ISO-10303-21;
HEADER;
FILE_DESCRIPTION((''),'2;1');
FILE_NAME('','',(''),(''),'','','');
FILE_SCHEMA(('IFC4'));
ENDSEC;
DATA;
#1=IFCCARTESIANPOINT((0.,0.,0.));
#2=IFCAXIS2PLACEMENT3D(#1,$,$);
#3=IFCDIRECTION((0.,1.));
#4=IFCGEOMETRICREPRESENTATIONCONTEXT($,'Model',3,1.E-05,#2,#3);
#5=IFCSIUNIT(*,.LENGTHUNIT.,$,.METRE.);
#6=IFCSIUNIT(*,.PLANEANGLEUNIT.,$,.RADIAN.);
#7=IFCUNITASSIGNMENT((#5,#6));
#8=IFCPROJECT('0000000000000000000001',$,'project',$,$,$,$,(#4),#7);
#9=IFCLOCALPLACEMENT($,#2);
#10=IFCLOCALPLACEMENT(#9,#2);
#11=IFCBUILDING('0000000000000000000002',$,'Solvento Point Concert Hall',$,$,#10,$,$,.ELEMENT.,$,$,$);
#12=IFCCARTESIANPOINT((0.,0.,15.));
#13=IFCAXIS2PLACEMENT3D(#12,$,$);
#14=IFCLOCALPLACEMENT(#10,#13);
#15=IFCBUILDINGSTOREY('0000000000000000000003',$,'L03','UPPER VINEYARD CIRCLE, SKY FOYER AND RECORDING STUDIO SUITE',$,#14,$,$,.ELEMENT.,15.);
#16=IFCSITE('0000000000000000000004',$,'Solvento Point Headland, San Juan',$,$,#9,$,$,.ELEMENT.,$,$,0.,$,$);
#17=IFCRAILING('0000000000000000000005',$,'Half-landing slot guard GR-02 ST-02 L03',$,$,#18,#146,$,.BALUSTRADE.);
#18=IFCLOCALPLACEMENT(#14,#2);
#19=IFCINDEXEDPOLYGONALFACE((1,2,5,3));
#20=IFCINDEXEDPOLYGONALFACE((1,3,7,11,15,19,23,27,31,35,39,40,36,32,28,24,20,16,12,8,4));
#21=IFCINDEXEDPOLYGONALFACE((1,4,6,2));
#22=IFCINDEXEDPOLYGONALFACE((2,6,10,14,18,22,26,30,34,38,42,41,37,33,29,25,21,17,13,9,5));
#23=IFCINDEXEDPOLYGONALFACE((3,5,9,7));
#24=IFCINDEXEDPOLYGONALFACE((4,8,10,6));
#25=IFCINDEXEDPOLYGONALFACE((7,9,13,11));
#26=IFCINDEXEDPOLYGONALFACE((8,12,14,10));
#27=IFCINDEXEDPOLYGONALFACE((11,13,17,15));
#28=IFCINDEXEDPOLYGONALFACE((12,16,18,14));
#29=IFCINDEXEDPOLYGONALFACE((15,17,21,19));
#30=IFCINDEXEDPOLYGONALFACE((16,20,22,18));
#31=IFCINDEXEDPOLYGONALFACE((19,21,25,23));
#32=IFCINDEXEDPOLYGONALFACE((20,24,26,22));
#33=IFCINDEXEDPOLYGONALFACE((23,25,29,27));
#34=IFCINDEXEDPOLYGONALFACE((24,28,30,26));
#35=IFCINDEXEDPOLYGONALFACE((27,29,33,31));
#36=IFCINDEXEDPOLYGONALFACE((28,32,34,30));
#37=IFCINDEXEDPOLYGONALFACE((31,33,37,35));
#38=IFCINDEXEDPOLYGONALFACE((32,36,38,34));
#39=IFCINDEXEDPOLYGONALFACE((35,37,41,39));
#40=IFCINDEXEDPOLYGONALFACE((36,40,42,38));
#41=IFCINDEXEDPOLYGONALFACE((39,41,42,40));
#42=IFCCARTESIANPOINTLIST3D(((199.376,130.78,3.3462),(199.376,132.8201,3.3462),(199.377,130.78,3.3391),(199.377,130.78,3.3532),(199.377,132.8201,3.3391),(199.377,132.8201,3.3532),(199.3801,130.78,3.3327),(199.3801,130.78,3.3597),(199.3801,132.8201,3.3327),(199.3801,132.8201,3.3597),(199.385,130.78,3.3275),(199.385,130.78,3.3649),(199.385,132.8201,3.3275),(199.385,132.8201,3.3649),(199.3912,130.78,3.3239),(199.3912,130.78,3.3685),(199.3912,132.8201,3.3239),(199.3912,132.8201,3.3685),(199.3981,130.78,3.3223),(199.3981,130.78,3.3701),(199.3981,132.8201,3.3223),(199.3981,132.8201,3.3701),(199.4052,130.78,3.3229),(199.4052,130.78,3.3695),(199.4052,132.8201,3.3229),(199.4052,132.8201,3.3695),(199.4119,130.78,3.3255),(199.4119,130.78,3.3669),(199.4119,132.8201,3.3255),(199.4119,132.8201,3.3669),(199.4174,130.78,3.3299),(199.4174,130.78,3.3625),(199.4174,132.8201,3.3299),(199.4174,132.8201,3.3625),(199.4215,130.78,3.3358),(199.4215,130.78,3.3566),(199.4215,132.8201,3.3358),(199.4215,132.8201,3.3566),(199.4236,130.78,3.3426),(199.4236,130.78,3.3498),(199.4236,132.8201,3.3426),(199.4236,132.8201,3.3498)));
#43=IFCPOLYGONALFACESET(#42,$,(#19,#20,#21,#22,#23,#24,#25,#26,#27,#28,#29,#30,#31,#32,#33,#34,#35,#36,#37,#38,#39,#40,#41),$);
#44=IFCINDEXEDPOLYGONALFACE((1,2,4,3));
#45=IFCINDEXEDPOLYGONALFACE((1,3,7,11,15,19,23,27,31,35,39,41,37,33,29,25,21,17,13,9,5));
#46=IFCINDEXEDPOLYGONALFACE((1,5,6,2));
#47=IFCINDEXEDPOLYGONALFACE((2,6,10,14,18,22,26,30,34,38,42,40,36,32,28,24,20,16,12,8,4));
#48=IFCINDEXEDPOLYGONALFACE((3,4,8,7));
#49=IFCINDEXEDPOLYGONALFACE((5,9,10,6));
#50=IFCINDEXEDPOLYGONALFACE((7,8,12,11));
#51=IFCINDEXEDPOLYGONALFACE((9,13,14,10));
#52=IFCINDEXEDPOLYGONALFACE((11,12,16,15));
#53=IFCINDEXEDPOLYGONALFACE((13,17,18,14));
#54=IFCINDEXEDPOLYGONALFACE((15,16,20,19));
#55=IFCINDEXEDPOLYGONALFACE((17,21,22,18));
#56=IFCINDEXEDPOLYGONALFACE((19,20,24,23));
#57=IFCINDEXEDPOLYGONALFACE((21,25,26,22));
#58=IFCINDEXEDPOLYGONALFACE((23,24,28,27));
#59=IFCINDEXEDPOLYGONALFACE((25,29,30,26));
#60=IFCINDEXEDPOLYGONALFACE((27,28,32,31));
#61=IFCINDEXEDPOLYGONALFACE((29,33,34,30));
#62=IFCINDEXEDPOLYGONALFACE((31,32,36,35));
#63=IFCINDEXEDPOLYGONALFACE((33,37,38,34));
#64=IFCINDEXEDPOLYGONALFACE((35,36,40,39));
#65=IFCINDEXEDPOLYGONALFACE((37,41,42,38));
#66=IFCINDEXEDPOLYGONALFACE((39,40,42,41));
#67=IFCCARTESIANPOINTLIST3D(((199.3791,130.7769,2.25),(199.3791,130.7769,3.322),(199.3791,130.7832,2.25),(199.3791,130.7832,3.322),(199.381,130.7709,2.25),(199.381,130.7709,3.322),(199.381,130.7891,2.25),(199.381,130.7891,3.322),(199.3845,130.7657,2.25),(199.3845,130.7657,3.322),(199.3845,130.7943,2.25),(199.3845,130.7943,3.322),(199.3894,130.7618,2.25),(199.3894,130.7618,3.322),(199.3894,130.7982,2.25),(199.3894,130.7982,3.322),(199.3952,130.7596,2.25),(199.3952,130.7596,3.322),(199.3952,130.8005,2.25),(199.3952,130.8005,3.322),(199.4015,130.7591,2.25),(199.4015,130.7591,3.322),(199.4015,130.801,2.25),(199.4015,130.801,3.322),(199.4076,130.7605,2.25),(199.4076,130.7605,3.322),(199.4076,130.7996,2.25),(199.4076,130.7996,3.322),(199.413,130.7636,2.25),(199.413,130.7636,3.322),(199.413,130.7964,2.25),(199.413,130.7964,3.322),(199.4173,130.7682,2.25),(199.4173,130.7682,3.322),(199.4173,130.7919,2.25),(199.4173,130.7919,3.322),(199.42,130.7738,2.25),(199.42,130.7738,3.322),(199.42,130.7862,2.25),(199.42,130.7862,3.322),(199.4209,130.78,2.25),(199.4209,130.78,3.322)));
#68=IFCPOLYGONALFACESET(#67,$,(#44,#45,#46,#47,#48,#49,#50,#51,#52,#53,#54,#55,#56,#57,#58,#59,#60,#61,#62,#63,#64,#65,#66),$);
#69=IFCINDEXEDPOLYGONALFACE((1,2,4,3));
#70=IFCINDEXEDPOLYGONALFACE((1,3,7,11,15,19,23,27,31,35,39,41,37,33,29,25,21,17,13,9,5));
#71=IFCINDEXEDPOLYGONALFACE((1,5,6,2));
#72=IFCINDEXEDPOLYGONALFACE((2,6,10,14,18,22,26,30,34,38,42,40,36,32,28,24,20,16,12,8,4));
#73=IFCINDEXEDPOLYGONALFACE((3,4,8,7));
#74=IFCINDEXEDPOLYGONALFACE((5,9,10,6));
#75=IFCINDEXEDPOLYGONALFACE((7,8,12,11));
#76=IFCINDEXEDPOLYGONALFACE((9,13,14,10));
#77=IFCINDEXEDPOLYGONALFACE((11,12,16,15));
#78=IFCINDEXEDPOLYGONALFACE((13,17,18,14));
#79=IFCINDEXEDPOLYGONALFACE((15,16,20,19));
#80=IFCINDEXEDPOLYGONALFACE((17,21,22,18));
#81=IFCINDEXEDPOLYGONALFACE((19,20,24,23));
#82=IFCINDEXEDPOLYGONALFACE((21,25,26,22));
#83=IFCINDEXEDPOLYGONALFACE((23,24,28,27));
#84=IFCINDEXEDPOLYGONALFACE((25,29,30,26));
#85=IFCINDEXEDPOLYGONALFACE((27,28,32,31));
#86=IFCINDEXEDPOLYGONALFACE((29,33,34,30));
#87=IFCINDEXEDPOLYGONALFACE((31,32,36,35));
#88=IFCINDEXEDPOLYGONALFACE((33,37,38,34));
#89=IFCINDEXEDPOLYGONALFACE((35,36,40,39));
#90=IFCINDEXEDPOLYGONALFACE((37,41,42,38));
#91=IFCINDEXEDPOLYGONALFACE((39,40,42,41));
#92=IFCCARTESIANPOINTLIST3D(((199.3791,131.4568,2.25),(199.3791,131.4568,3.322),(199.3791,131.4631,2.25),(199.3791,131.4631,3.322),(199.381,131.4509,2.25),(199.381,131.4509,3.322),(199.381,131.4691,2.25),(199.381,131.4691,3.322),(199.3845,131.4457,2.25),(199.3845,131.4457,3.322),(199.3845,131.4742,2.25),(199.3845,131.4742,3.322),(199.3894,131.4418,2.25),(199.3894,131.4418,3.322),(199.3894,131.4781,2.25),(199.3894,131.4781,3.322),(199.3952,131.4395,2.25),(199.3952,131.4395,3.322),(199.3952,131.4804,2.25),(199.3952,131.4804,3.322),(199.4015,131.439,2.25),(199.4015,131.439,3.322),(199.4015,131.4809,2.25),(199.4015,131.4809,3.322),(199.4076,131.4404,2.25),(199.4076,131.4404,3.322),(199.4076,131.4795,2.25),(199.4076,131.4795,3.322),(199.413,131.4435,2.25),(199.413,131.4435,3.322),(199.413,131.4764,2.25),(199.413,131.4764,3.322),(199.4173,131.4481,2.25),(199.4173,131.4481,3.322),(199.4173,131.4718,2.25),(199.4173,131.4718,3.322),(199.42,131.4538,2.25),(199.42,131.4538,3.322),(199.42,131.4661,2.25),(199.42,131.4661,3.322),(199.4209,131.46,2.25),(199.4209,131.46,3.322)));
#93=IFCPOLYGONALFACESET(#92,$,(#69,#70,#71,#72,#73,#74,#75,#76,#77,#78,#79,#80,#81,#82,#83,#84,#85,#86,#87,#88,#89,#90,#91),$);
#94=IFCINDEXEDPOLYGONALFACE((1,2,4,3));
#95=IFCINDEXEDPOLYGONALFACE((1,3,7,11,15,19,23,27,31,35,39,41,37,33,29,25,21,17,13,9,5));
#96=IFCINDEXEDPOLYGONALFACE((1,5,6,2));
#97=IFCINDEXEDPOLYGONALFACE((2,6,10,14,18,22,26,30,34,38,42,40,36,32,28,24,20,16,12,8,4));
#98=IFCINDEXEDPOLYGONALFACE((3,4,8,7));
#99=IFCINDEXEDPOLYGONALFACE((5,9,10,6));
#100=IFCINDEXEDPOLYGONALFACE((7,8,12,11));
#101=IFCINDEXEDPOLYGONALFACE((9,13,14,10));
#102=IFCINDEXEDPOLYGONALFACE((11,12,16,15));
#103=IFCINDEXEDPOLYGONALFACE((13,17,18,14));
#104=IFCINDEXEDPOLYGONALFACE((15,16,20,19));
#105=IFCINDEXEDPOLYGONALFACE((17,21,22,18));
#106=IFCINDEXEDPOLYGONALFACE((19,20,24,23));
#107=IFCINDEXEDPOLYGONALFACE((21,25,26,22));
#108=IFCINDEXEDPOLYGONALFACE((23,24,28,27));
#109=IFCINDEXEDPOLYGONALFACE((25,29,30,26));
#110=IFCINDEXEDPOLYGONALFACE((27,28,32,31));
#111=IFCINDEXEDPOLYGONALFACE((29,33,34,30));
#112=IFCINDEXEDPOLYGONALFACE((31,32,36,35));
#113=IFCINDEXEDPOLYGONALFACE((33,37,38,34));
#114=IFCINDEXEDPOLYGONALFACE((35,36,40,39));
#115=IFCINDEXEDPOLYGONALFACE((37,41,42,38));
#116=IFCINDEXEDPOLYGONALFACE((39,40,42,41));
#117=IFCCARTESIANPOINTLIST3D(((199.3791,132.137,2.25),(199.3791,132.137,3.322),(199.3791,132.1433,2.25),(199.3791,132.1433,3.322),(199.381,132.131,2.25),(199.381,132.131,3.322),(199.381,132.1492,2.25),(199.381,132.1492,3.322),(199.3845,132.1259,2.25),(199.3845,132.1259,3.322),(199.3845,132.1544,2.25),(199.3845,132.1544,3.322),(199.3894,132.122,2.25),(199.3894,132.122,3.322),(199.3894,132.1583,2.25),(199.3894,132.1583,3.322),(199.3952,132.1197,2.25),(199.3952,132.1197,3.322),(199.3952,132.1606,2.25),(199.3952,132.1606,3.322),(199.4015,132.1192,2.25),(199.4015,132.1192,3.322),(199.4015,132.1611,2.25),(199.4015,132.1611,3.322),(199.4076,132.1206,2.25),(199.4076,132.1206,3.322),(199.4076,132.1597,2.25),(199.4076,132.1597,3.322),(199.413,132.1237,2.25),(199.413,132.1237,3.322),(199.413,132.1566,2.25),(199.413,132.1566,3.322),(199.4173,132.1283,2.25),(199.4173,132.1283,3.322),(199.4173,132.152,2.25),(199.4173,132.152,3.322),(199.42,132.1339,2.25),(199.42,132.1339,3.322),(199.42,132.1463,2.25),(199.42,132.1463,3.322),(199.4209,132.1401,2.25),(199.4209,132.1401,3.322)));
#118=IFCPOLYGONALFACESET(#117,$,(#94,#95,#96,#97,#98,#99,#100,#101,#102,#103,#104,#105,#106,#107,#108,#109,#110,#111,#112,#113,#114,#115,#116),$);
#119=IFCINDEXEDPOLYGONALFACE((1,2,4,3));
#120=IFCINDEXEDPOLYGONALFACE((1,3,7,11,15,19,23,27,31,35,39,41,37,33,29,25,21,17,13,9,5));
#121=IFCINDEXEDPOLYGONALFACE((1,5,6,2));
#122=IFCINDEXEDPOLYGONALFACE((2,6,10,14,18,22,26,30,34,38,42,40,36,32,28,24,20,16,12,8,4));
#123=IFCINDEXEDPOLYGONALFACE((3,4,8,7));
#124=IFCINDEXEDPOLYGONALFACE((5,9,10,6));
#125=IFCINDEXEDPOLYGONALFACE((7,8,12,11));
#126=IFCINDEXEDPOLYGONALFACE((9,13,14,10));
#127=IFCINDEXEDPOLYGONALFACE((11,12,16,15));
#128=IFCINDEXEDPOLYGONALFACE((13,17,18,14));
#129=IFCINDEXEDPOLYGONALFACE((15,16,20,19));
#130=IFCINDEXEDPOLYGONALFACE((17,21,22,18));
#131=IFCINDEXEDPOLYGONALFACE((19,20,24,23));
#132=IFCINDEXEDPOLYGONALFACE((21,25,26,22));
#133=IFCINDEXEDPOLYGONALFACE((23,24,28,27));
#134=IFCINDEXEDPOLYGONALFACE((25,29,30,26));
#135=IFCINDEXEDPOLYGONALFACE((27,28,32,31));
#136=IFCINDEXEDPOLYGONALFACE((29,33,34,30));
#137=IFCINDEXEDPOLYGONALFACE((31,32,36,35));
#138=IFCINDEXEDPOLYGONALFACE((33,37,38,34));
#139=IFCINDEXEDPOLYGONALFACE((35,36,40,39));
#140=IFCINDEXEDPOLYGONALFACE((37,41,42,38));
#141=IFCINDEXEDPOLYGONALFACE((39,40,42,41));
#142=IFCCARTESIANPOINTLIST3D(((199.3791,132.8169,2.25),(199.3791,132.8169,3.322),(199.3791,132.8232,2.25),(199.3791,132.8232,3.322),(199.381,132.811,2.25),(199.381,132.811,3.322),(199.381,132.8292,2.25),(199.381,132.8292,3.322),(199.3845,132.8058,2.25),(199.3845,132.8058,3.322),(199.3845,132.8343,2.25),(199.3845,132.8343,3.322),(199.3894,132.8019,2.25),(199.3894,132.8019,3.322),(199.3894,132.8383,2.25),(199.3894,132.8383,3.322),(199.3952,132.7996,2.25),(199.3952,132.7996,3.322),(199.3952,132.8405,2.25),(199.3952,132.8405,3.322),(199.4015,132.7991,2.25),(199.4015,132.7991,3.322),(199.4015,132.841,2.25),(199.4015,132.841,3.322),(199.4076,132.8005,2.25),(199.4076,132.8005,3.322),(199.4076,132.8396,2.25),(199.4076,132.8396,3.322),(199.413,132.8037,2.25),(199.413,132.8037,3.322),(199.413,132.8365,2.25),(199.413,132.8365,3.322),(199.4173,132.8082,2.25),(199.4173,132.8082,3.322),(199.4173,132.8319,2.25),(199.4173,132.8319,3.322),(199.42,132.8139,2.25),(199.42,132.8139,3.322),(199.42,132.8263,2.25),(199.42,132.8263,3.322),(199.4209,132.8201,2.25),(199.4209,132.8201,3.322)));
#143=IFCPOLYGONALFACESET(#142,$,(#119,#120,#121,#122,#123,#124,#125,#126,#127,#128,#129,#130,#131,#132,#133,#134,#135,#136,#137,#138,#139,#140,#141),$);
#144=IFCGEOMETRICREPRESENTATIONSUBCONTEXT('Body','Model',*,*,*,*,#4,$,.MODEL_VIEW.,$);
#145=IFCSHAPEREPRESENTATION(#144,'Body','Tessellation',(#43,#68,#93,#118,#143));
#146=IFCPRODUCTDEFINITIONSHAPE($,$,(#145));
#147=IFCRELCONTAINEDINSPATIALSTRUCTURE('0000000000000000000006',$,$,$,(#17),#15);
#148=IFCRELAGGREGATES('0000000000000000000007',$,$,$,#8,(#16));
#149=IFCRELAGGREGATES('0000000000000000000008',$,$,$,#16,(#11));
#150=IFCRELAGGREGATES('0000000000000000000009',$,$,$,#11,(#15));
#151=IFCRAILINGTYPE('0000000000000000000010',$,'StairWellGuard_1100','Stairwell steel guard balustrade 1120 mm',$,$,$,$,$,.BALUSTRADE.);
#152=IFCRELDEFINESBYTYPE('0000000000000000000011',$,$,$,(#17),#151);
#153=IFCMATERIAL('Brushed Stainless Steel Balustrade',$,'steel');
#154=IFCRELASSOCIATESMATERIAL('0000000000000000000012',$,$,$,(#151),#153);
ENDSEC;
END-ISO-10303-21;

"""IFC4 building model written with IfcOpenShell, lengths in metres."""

from ifc_helpers import new_model, si_unit, direction, frame, origin, origin_2d, place, context, subcontext, project, spatial, circle, extrude, material, type_object, element, save


model = new_model("IFC4")

# Units and contexts
model_context = context("Model", 3, precision=1e-05, world=origin(), true_north=direction((0.0, 1.0)))
body_context = subcontext(model_context, "Body", "Model", "MODEL_VIEW")
ifc_project = project(units=[si_unit("LENGTHUNIT", "METRE"), si_unit("PLANEANGLEUNIT", "RADIAN")], contexts=[model_context])

# Site, building, storey
site_placement = place(None, origin())
site = spatial("IfcSite", under=ifc_project, at=site_placement, Name="Solvento Point Headland, San Juan", CompositionType="ELEMENT", RefElevation=0.0)
building_placement = place(site_placement, origin())
building = spatial("IfcBuilding", under=site, at=building_placement, Name="Solvento Point Concert Hall", CompositionType="ELEMENT")
storey_placement = place(building_placement, frame((0.0, 0.0, 15.0)))
storey = spatial("IfcBuildingStorey", under=building, at=storey_placement, Name="L03", Description="UPPER VINEYARD CIRCLE, SKY FOYER AND RECORDING STUDIO SUITE", CompositionType="ELEMENT", Elevation=15.0)

# Railing
ifc_material_1 = material(Name="Brushed Stainless Steel Balustrade", Category="steel")
railing_type_1 = type_object("IfcRailingType", Name="StairWellGuard_1100", Description="Stairwell steel guard balustrade 1120 mm", PredefinedType="BALUSTRADE", material=ifc_material_1)
railing_1_placement = place(storey_placement, frame((199.3999, 130.78, 2.25)))
element("IfcRailing", 1, at=railing_1_placement, inside=storey, type_object=railing_type_1, Name="Half-landing slot guard GR-02 ST-02 L03", PredefinedType="BALUSTRADE", context=body_context, shape_type="SweptSolid", body=[
    extrude(circle(Radius=0.0239, at=origin_2d()), frame((0.0, 0.0, 1.0962), z_axis=(0.0, 1.0, 0.0), x_axis=(-1.0, 0.0, 0.0)), (0.0, 0.0, 1.0), 2.04),
    extrude(circle(Radius=0.021, at=origin_2d()), origin(), (0.0, 0.0, 1.0), 1.072),
    extrude(circle(Radius=0.021, at=origin_2d()), frame((0.0, 0.6799, 0.0)), (0.0, 0.0, 1.0), 1.072),
    extrude(circle(Radius=0.021, at=origin_2d()), frame((0.0, 1.3601, 0.0)), (0.0, 0.0, 1.0), 1.072),
    extrude(circle(Radius=0.021, at=origin_2d()), frame((0.0, 2.04, 0.0)), (0.0, 0.0, 1.0), 1.072),
])

save(model, "model.ifc")
